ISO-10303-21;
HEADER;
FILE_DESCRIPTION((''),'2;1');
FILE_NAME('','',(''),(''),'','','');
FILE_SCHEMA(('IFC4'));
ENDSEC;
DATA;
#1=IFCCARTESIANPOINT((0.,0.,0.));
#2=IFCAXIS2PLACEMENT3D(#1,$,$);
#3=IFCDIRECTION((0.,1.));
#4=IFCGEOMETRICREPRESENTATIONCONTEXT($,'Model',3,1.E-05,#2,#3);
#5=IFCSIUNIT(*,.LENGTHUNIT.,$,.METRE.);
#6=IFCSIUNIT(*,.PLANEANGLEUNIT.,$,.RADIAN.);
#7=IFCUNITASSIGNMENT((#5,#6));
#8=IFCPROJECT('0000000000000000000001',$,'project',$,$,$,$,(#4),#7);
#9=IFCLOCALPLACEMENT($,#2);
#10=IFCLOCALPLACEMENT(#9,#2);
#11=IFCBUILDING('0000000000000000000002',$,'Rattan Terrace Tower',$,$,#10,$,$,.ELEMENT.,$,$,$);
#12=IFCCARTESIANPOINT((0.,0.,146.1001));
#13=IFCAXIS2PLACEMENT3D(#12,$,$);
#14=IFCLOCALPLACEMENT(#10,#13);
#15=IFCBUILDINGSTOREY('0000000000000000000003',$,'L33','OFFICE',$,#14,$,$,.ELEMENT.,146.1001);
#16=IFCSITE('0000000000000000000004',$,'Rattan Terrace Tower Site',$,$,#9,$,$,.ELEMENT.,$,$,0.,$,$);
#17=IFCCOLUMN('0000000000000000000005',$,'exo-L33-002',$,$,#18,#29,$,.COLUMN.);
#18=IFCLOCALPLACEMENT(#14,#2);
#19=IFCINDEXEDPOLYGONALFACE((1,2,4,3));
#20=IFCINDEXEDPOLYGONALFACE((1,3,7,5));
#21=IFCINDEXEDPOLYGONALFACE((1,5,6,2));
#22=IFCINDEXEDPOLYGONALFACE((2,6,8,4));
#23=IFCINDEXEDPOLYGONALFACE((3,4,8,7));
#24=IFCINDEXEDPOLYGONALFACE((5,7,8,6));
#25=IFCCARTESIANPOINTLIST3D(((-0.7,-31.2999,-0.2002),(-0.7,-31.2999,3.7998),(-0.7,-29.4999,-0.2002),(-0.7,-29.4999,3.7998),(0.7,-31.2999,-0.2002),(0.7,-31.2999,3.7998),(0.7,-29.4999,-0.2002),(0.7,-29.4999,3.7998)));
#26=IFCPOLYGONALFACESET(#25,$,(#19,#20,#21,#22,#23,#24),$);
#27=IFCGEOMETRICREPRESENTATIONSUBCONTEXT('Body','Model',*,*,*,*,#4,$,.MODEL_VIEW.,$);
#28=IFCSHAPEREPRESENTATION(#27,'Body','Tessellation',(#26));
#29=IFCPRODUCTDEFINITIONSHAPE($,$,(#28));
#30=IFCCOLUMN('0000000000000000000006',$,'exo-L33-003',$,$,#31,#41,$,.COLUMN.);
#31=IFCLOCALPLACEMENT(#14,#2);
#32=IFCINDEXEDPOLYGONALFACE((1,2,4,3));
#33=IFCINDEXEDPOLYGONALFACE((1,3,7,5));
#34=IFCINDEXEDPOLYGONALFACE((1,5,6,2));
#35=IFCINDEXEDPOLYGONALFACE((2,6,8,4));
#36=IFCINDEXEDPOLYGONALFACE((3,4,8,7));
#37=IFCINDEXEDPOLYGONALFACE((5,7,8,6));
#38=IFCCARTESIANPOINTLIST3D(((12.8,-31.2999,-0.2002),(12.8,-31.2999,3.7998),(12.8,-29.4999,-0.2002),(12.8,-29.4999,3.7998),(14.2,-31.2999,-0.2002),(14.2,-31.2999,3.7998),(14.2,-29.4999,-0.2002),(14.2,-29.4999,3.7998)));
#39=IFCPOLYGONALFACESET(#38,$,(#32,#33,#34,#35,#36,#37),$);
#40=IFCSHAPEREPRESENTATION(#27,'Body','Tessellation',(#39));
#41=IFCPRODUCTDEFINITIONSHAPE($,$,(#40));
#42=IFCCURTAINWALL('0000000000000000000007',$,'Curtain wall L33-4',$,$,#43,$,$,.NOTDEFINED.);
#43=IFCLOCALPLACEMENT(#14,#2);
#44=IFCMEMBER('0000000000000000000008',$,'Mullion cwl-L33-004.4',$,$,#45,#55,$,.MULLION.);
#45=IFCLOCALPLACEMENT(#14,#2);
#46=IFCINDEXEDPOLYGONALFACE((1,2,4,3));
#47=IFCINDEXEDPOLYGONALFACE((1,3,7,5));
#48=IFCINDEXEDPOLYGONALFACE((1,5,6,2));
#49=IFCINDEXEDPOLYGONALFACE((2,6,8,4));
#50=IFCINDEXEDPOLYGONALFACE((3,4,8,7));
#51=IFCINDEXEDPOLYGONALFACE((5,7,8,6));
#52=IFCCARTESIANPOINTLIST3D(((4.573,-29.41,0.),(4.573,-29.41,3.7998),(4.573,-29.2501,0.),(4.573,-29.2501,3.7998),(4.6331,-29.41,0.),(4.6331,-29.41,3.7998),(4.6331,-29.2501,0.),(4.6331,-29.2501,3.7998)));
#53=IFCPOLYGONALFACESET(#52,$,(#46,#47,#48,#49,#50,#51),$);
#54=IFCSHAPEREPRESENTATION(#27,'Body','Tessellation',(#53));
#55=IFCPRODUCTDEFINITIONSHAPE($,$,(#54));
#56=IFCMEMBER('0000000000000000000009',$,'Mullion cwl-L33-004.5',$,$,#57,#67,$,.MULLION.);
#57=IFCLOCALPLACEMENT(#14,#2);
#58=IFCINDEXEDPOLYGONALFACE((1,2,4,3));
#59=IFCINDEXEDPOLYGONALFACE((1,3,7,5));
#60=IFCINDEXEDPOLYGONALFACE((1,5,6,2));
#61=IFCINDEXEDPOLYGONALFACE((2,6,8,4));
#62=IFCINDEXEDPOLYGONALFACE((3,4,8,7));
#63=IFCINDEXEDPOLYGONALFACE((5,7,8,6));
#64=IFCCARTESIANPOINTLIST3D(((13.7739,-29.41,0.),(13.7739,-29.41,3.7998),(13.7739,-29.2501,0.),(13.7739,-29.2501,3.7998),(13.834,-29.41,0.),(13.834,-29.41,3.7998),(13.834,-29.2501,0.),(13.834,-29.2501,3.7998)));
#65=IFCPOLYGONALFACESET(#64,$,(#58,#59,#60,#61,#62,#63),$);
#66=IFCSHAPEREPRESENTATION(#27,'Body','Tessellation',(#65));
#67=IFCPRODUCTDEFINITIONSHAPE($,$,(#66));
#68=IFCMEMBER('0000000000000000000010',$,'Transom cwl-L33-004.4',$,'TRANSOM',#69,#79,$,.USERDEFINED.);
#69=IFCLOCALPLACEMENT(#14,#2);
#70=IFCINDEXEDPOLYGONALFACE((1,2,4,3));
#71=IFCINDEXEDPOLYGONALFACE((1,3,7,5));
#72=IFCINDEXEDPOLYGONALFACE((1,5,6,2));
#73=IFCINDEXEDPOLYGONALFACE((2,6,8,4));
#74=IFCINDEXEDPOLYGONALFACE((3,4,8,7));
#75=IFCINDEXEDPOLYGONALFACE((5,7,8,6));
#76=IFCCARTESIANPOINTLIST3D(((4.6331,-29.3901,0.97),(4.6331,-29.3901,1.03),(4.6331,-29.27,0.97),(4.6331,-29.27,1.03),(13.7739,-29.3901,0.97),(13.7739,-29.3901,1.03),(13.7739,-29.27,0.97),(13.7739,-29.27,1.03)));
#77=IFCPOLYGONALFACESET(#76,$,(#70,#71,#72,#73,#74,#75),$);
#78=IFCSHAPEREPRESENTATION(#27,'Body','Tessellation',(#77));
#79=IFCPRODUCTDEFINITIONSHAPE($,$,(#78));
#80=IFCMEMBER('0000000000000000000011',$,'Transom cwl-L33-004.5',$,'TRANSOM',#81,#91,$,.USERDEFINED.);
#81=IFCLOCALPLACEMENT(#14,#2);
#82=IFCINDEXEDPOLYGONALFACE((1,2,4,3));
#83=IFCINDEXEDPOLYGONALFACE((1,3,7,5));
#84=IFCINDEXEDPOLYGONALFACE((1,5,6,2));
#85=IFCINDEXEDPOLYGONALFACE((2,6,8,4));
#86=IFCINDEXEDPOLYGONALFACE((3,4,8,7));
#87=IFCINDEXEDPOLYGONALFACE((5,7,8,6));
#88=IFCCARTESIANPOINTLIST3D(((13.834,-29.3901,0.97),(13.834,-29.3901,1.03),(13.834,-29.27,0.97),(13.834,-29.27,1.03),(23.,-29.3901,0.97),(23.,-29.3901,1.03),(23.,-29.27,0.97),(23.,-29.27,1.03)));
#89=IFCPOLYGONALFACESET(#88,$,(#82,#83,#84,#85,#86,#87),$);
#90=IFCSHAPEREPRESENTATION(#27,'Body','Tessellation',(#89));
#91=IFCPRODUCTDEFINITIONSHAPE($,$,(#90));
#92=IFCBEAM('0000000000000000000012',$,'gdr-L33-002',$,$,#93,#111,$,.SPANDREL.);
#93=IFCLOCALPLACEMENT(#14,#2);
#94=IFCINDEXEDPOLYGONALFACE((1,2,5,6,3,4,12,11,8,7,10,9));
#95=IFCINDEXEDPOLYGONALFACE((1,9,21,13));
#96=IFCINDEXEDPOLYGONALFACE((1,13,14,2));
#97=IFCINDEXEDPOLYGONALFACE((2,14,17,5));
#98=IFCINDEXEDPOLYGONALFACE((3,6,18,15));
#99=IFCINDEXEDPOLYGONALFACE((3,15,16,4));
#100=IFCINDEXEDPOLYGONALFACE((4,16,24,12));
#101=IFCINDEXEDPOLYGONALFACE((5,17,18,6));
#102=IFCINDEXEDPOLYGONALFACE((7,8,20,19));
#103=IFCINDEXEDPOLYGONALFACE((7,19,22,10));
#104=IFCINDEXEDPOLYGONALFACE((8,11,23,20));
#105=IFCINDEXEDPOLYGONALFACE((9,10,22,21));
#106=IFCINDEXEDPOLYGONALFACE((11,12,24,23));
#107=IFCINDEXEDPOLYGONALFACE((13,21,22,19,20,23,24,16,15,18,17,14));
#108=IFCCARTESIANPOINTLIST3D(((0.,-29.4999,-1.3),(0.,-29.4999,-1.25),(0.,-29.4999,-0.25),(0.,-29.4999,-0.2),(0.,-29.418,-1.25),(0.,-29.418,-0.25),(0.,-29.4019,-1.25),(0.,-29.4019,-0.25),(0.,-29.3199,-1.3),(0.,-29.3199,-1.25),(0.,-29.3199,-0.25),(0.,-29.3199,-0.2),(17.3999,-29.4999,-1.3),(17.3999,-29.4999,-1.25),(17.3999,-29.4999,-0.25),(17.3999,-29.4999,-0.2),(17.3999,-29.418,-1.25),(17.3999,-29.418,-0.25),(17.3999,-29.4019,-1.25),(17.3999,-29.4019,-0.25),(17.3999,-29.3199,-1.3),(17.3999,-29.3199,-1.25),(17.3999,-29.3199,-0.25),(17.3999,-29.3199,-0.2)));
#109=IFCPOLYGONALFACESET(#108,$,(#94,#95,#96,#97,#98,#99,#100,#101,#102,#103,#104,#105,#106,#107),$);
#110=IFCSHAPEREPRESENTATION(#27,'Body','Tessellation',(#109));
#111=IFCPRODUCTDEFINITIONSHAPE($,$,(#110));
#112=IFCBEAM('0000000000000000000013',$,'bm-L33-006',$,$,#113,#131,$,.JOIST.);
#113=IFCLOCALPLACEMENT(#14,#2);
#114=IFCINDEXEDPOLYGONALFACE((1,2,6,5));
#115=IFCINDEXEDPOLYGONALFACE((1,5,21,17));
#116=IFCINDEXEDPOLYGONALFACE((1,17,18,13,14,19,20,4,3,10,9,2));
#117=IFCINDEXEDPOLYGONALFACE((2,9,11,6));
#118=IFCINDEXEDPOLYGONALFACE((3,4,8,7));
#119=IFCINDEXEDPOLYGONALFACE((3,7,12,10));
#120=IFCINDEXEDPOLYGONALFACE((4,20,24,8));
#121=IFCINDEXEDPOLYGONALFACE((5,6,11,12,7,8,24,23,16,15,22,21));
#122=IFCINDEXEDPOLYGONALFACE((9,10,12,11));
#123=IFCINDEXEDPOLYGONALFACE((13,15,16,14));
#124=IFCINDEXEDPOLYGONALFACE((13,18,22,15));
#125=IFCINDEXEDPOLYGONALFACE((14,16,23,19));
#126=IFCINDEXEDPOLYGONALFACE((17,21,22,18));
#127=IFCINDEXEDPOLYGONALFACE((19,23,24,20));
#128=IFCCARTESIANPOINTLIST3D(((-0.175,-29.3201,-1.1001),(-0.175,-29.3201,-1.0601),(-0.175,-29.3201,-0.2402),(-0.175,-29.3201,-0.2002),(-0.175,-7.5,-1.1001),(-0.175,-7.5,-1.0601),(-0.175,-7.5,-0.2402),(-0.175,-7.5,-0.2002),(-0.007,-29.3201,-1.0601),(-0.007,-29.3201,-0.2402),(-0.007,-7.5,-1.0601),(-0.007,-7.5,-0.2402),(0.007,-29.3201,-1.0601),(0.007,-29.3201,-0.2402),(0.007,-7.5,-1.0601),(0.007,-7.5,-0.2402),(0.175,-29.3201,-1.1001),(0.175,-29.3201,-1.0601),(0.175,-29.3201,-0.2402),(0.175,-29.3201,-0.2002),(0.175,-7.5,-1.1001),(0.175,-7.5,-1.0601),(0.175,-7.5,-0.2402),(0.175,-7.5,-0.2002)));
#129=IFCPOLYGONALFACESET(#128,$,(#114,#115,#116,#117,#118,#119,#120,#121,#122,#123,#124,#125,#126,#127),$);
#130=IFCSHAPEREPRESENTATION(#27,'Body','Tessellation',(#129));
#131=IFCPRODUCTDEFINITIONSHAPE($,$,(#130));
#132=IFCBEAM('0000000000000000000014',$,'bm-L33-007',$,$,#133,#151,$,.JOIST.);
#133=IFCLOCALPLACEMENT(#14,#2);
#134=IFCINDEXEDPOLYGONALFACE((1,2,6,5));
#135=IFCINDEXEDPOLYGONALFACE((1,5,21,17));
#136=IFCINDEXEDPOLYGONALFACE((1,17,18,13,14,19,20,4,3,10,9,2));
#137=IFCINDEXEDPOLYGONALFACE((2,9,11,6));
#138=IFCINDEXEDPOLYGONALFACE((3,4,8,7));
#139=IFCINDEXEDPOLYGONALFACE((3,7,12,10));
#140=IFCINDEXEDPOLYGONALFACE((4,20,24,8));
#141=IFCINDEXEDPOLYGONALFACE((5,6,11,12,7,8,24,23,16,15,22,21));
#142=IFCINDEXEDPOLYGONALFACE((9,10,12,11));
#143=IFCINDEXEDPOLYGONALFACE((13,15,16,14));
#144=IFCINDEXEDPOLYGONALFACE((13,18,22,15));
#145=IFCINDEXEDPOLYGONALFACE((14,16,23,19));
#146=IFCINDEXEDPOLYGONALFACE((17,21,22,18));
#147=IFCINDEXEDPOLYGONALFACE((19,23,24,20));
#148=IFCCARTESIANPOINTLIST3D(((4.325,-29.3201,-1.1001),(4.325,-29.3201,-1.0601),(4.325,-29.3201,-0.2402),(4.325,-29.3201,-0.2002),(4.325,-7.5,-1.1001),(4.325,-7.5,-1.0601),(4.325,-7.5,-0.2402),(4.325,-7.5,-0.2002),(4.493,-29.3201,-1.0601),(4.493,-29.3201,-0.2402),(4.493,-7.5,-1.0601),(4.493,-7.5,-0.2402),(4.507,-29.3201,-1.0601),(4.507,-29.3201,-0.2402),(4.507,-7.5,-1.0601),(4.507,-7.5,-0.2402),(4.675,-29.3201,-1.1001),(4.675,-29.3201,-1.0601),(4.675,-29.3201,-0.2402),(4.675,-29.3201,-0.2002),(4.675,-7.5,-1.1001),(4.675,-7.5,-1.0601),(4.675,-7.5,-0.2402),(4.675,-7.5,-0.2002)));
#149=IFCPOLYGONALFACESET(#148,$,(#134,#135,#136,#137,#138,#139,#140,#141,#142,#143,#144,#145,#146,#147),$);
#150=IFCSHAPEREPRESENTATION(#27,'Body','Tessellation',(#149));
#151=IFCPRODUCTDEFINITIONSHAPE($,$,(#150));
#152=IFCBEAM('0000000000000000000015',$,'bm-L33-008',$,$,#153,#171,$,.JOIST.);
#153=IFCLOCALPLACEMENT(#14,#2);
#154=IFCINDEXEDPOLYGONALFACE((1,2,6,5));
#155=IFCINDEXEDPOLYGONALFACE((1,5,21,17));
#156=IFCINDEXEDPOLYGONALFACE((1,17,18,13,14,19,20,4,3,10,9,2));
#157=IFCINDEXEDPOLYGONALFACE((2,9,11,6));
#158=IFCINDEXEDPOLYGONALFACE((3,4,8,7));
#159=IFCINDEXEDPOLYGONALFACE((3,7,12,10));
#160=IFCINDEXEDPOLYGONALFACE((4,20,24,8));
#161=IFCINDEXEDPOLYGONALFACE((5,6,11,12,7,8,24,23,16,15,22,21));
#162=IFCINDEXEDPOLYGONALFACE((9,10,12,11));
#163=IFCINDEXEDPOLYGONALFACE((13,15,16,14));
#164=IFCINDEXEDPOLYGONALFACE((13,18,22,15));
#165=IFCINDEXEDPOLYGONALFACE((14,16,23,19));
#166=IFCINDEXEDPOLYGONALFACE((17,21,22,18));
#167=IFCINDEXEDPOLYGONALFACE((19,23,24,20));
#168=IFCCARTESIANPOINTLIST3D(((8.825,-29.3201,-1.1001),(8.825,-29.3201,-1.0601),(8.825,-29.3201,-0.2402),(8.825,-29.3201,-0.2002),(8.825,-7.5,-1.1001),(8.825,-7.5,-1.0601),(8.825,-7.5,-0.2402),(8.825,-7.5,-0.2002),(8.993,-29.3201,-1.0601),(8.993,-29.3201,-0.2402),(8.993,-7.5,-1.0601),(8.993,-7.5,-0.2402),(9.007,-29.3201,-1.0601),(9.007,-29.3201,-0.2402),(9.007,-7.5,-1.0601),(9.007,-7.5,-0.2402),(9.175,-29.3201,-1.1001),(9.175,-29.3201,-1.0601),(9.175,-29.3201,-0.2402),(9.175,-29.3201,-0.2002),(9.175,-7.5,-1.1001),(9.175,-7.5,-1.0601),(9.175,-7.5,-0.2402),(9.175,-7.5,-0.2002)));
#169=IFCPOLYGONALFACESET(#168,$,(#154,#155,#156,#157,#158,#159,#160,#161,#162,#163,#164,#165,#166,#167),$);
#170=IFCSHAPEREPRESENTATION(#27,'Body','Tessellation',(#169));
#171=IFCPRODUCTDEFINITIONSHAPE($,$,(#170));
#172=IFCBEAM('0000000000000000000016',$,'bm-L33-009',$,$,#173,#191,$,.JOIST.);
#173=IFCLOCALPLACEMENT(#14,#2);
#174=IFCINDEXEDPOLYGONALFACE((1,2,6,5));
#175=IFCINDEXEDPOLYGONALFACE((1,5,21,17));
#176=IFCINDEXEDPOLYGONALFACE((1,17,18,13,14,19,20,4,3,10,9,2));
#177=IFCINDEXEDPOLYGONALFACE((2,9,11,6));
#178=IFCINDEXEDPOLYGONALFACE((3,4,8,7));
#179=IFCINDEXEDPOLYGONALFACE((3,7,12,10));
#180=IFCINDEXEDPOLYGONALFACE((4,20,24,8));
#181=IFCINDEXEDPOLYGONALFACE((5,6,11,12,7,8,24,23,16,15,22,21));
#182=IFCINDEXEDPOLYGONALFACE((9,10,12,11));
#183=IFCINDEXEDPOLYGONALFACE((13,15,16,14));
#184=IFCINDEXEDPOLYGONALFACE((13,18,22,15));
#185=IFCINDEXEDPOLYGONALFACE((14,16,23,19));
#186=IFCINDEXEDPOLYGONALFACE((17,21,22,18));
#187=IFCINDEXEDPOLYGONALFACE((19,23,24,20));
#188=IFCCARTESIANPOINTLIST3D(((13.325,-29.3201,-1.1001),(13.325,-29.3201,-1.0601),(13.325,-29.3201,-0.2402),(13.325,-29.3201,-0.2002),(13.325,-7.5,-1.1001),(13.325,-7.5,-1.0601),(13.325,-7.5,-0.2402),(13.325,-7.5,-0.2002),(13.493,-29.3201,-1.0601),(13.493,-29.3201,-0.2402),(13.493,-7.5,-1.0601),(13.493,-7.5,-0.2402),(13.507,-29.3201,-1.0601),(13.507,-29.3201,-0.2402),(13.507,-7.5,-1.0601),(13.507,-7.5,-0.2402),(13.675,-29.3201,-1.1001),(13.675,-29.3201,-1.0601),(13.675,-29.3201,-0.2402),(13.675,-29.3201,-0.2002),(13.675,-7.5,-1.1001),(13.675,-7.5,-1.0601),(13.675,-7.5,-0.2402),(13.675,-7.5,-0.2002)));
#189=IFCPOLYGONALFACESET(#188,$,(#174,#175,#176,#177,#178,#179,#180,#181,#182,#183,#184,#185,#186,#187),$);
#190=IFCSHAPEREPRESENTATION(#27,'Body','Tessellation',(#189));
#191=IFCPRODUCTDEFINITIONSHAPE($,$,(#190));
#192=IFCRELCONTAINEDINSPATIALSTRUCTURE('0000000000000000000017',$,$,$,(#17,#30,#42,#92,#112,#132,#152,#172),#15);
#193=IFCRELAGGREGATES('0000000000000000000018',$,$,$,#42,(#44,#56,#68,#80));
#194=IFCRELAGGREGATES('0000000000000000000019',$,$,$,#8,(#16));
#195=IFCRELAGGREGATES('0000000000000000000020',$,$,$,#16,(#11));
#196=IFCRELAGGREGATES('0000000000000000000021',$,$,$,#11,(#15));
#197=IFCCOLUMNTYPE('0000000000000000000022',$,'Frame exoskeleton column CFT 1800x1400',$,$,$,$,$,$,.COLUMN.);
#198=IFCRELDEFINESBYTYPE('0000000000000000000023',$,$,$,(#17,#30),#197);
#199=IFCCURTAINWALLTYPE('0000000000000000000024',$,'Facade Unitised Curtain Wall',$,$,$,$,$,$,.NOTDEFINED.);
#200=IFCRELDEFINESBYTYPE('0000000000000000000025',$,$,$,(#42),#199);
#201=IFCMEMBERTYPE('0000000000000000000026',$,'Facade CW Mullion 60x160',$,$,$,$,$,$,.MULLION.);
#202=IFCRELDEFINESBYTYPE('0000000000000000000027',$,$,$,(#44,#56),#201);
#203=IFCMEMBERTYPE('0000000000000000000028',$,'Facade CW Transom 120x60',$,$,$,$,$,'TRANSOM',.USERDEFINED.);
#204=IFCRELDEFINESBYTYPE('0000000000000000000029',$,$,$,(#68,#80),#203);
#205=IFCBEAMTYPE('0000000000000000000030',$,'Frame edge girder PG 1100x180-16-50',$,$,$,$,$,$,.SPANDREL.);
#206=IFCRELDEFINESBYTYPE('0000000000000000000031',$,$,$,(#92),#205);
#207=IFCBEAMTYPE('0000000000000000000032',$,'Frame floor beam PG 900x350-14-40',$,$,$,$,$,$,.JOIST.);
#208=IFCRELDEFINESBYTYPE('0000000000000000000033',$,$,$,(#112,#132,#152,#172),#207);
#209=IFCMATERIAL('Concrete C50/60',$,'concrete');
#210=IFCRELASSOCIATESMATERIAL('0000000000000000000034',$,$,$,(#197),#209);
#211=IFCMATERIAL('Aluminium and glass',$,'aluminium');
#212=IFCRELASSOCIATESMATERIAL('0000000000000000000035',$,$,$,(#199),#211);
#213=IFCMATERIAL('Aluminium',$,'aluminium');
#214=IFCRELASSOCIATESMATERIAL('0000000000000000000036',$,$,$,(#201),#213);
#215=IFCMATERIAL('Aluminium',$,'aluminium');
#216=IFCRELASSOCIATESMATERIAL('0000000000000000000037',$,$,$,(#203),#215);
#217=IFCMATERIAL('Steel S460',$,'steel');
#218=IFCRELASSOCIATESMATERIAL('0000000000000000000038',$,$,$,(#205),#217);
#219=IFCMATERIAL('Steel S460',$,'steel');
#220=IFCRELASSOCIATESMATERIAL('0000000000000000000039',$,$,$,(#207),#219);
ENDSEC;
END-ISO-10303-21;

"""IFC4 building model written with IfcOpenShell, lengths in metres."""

from ifc_helpers import new_model, si_unit, direction, frame, origin, origin_2d, place, context, subcontext, project, spatial, rectangle, i_section, extrude, material, material_profile, profile_set, type_object, element, aggregate, save


model = new_model("IFC4")

# Units and contexts
model_context = context("Model", 3, precision=1e-05, world=origin(), true_north=direction((0.0, 1.0)))
body_context = subcontext(model_context, "Body", "Model", "MODEL_VIEW")
ifc_project = project(units=[si_unit("LENGTHUNIT", "METRE"), si_unit("PLANEANGLEUNIT", "RADIAN")], contexts=[model_context])

# Site, building, storey
site_placement = place(None, origin())
site = spatial("IfcSite", under=ifc_project, at=site_placement, Name="Rattan Terrace Tower Site", CompositionType="ELEMENT", RefElevation=0.0)
building_placement = place(site_placement, origin())
building = spatial("IfcBuilding", under=site, at=building_placement, Name="Rattan Terrace Tower", CompositionType="ELEMENT")
storey_placement = place(building_placement, frame((0.0, 0.0, 146.1001)))
storey = spatial("IfcBuildingStorey", under=building, at=storey_placement, Name="L33", Description="OFFICE", CompositionType="ELEMENT", Elevation=146.1001)

# Columns
ifc_material_1 = material(Name="Concrete C50/60", Category="concrete")
ifc_material_profile_1 = material_profile(ifc_material_1, rectangle(XDim=1.3999, YDim=1.8, at=origin_2d()), Name="CFT 1800x1400")
ifc_profile_set_1 = profile_set([ifc_material_profile_1], Name="Concrete C50/60")
column_type = type_object("IfcColumnType", Name="Frame exoskeleton column CFT 1800x1400", PredefinedType="COLUMN", material=ifc_profile_set_1)
for number, where, z_axis, x_axis, name in (
    (1, (0.0, -30.3999, -0.2002), (0.0, 0.0, 1.0), (1.0, 0.0, 0.0), "exo-L33-002"),
    (2, (13.5, -30.3999, -0.2002), (0.0, 0.0, 1.0), (1.0, 0.0, 0.0), "exo-L33-003"),
):
    element("IfcColumn", number, at=place(storey_placement, frame(where, z_axis=z_axis, x_axis=x_axis)), inside=storey, type_object=column_type, Name=name, PredefinedType="COLUMN", context=body_context, shape_type="SweptSolid", body=[
        extrude(rectangle(XDim=1.3999, YDim=1.8, at=origin_2d()), origin(), (0.0, 0.0, 1.0), 4.0),
    ])

# Curtain wall, members
ifc_material_2 = material(Name="Aluminium and glass", Category="aluminium")
curtain_wall_type = type_object("IfcCurtainWallType", Name="Facade Unitised Curtain Wall", PredefinedType="NOTDEFINED", material=ifc_material_2)
curtain_wall_placement = place(storey_placement, origin())
curtain_wall = element("IfcCurtainWall", 3, at=curtain_wall_placement, inside=storey, type_object=curtain_wall_type, Name="Curtain wall L33-4", PredefinedType="NOTDEFINED")
ifc_material_3 = material(Name="Aluminium", Category="aluminium")
ifc_material_profile_2 = material_profile(ifc_material_3, rectangle(XDim=0.0601, YDim=0.1599, at=origin_2d()), Name="Aluminium 60x160")
ifc_profile_set_2 = profile_set([ifc_material_profile_2], Name="Aluminium")
member_type_1 = type_object("IfcMemberType", Name="Facade CW Mullion 60x160", PredefinedType="MULLION", material=ifc_profile_set_2)
member_1_placement = place(storey_placement, frame((4.603, -29.3301, 0.0), z_axis=(0.0, 0.0, 1.0), x_axis=(1.0, 0.0, 0.0)))
member_1 = element("IfcMember", 4, at=member_1_placement, type_object=member_type_1, Name="Mullion cwl-L33-004.4", PredefinedType="MULLION", context=body_context, shape_type="SweptSolid", body=[
    extrude(rectangle(XDim=0.0601, YDim=0.1599, at=origin_2d()), origin(), (0.0, 0.0, 1.0), 3.7998),
])
member_2_placement = place(storey_placement, frame((13.804, -29.3301, 0.0), z_axis=(0.0, 0.0, 1.0), x_axis=(1.0, 0.0, 0.0)))
member_2 = element("IfcMember", 5, at=member_2_placement, type_object=member_type_1, Name="Mullion cwl-L33-004.5", PredefinedType="MULLION", context=body_context, shape_type="SweptSolid", body=[
    extrude(rectangle(XDim=0.0601, YDim=0.1599, at=origin_2d()), origin(), (0.0, 0.0, 1.0), 3.7998),
])
ifc_material_4 = material(Name="Aluminium", Category="aluminium")
ifc_material_profile_3 = material_profile(ifc_material_4, rectangle(XDim=0.1201, YDim=0.0601, at=origin_2d()), Name="Aluminium 120x60")
ifc_profile_set_3 = profile_set([ifc_material_profile_3], Name="Aluminium")
member_type_2 = type_object("IfcMemberType", Name="Facade CW Transom 120x60", ElementType="TRANSOM", PredefinedType="USERDEFINED", material=ifc_profile_set_3)
member_3_placement = place(storey_placement, frame((4.6331, -29.3301, 1.0), z_axis=(1.0, 0.0, 0.0), x_axis=(0.0, 1.0, 0.0)))
member_3 = element("IfcMember", 6, at=member_3_placement, type_object=member_type_2, Name="Transom cwl-L33-004.4", ObjectType="TRANSOM", PredefinedType="USERDEFINED", context=body_context, shape_type="SweptSolid", body=[
    extrude(rectangle(XDim=0.1201, YDim=0.0601, at=origin_2d()), origin(), (0.0, 0.0, 1.0), 9.1409),
])
member_4_placement = place(storey_placement, frame((13.834, -29.3301, 1.0), z_axis=(1.0, 0.0, 0.0), x_axis=(0.0, 1.0, 0.0)))
member_4 = element("IfcMember", 7, at=member_4_placement, type_object=member_type_2, Name="Transom cwl-L33-004.5", ObjectType="TRANSOM", PredefinedType="USERDEFINED", context=body_context, shape_type="SweptSolid", body=[
    extrude(rectangle(XDim=0.1201, YDim=0.0601, at=origin_2d()), origin(), (0.0, 0.0, 1.0), 9.166),
])

# Beams
ifc_material_5 = material(Name="Steel S460", Category="steel")
ifc_material_profile_4 = material_profile(ifc_material_5, i_section(OverallWidth=0.1799, OverallDepth=1.1001, WebThickness=0.0161, FlangeThickness=0.05, at=origin_2d()), Name="PG 1100x180-16-50")
ifc_profile_set_4 = profile_set([ifc_material_profile_4], Name="Steel S460")
beam_type_1 = type_object("IfcBeamType", Name="Frame edge girder PG 1100x180-16-50", PredefinedType="SPANDREL", material=ifc_profile_set_4)
beam_placement = place(storey_placement, frame((17.3999, -29.4099, -0.75), z_axis=(-1.0, 0.0, 0.0), x_axis=(0.0, -1.0, 0.0)))
element("IfcBeam", 8, at=beam_placement, inside=storey, type_object=beam_type_1, Name="gdr-L33-002", PredefinedType="SPANDREL", context=body_context, shape_type="SweptSolid", body=[
    extrude(i_section(OverallWidth=0.1799, OverallDepth=1.1001, WebThickness=0.0161, FlangeThickness=0.05, at=origin_2d()), origin(), (0.0, 0.0, 1.0), 17.3999),
])
ifc_material_6 = material(Name="Steel S460", Category="steel")
ifc_material_profile_5 = material_profile(ifc_material_6, i_section(OverallWidth=0.3501, OverallDepth=0.8999, WebThickness=0.0139, FlangeThickness=0.04, at=origin_2d()), Name="PG 900x350-14-40")
ifc_profile_set_5 = profile_set([ifc_material_profile_5], Name="Steel S460")
beam_type_2 = type_object("IfcBeamType", Name="Frame floor beam PG 900x350-14-40", PredefinedType="JOIST", material=ifc_profile_set_5)
for number, where, z_axis, x_axis, name in (
    (9, (0.0, -29.3201, -0.6501), (0.0, 1.0, 0.0), (-1.0, 0.0, 0.0), "bm-L33-006"),
    (10, (4.5, -29.3201, -0.6501), (0.0, 1.0, 0.0), (-1.0, 0.0, 0.0), "bm-L33-007"),
    (11, (9.0, -29.3201, -0.6501), (0.0, 1.0, 0.0), (-1.0, 0.0, 0.0), "bm-L33-008"),
    (12, (13.5, -29.3201, -0.6501), (0.0, 1.0, 0.0), (-1.0, 0.0, 0.0), "bm-L33-009"),
):
    element("IfcBeam", number, at=place(storey_placement, frame(where, z_axis=z_axis, x_axis=x_axis)), inside=storey, type_object=beam_type_2, Name=name, PredefinedType="JOIST", context=body_context, shape_type="SweptSolid", body=[
        extrude(i_section(OverallWidth=0.3501, OverallDepth=0.8999, WebThickness=0.0139, FlangeThickness=0.04, at=origin_2d()), origin(), (0.0, 0.0, 1.0), 21.8201),
    ])

aggregate(curtain_wall, [member_1, member_2, member_3, member_4])

save(model, "model.ifc")
